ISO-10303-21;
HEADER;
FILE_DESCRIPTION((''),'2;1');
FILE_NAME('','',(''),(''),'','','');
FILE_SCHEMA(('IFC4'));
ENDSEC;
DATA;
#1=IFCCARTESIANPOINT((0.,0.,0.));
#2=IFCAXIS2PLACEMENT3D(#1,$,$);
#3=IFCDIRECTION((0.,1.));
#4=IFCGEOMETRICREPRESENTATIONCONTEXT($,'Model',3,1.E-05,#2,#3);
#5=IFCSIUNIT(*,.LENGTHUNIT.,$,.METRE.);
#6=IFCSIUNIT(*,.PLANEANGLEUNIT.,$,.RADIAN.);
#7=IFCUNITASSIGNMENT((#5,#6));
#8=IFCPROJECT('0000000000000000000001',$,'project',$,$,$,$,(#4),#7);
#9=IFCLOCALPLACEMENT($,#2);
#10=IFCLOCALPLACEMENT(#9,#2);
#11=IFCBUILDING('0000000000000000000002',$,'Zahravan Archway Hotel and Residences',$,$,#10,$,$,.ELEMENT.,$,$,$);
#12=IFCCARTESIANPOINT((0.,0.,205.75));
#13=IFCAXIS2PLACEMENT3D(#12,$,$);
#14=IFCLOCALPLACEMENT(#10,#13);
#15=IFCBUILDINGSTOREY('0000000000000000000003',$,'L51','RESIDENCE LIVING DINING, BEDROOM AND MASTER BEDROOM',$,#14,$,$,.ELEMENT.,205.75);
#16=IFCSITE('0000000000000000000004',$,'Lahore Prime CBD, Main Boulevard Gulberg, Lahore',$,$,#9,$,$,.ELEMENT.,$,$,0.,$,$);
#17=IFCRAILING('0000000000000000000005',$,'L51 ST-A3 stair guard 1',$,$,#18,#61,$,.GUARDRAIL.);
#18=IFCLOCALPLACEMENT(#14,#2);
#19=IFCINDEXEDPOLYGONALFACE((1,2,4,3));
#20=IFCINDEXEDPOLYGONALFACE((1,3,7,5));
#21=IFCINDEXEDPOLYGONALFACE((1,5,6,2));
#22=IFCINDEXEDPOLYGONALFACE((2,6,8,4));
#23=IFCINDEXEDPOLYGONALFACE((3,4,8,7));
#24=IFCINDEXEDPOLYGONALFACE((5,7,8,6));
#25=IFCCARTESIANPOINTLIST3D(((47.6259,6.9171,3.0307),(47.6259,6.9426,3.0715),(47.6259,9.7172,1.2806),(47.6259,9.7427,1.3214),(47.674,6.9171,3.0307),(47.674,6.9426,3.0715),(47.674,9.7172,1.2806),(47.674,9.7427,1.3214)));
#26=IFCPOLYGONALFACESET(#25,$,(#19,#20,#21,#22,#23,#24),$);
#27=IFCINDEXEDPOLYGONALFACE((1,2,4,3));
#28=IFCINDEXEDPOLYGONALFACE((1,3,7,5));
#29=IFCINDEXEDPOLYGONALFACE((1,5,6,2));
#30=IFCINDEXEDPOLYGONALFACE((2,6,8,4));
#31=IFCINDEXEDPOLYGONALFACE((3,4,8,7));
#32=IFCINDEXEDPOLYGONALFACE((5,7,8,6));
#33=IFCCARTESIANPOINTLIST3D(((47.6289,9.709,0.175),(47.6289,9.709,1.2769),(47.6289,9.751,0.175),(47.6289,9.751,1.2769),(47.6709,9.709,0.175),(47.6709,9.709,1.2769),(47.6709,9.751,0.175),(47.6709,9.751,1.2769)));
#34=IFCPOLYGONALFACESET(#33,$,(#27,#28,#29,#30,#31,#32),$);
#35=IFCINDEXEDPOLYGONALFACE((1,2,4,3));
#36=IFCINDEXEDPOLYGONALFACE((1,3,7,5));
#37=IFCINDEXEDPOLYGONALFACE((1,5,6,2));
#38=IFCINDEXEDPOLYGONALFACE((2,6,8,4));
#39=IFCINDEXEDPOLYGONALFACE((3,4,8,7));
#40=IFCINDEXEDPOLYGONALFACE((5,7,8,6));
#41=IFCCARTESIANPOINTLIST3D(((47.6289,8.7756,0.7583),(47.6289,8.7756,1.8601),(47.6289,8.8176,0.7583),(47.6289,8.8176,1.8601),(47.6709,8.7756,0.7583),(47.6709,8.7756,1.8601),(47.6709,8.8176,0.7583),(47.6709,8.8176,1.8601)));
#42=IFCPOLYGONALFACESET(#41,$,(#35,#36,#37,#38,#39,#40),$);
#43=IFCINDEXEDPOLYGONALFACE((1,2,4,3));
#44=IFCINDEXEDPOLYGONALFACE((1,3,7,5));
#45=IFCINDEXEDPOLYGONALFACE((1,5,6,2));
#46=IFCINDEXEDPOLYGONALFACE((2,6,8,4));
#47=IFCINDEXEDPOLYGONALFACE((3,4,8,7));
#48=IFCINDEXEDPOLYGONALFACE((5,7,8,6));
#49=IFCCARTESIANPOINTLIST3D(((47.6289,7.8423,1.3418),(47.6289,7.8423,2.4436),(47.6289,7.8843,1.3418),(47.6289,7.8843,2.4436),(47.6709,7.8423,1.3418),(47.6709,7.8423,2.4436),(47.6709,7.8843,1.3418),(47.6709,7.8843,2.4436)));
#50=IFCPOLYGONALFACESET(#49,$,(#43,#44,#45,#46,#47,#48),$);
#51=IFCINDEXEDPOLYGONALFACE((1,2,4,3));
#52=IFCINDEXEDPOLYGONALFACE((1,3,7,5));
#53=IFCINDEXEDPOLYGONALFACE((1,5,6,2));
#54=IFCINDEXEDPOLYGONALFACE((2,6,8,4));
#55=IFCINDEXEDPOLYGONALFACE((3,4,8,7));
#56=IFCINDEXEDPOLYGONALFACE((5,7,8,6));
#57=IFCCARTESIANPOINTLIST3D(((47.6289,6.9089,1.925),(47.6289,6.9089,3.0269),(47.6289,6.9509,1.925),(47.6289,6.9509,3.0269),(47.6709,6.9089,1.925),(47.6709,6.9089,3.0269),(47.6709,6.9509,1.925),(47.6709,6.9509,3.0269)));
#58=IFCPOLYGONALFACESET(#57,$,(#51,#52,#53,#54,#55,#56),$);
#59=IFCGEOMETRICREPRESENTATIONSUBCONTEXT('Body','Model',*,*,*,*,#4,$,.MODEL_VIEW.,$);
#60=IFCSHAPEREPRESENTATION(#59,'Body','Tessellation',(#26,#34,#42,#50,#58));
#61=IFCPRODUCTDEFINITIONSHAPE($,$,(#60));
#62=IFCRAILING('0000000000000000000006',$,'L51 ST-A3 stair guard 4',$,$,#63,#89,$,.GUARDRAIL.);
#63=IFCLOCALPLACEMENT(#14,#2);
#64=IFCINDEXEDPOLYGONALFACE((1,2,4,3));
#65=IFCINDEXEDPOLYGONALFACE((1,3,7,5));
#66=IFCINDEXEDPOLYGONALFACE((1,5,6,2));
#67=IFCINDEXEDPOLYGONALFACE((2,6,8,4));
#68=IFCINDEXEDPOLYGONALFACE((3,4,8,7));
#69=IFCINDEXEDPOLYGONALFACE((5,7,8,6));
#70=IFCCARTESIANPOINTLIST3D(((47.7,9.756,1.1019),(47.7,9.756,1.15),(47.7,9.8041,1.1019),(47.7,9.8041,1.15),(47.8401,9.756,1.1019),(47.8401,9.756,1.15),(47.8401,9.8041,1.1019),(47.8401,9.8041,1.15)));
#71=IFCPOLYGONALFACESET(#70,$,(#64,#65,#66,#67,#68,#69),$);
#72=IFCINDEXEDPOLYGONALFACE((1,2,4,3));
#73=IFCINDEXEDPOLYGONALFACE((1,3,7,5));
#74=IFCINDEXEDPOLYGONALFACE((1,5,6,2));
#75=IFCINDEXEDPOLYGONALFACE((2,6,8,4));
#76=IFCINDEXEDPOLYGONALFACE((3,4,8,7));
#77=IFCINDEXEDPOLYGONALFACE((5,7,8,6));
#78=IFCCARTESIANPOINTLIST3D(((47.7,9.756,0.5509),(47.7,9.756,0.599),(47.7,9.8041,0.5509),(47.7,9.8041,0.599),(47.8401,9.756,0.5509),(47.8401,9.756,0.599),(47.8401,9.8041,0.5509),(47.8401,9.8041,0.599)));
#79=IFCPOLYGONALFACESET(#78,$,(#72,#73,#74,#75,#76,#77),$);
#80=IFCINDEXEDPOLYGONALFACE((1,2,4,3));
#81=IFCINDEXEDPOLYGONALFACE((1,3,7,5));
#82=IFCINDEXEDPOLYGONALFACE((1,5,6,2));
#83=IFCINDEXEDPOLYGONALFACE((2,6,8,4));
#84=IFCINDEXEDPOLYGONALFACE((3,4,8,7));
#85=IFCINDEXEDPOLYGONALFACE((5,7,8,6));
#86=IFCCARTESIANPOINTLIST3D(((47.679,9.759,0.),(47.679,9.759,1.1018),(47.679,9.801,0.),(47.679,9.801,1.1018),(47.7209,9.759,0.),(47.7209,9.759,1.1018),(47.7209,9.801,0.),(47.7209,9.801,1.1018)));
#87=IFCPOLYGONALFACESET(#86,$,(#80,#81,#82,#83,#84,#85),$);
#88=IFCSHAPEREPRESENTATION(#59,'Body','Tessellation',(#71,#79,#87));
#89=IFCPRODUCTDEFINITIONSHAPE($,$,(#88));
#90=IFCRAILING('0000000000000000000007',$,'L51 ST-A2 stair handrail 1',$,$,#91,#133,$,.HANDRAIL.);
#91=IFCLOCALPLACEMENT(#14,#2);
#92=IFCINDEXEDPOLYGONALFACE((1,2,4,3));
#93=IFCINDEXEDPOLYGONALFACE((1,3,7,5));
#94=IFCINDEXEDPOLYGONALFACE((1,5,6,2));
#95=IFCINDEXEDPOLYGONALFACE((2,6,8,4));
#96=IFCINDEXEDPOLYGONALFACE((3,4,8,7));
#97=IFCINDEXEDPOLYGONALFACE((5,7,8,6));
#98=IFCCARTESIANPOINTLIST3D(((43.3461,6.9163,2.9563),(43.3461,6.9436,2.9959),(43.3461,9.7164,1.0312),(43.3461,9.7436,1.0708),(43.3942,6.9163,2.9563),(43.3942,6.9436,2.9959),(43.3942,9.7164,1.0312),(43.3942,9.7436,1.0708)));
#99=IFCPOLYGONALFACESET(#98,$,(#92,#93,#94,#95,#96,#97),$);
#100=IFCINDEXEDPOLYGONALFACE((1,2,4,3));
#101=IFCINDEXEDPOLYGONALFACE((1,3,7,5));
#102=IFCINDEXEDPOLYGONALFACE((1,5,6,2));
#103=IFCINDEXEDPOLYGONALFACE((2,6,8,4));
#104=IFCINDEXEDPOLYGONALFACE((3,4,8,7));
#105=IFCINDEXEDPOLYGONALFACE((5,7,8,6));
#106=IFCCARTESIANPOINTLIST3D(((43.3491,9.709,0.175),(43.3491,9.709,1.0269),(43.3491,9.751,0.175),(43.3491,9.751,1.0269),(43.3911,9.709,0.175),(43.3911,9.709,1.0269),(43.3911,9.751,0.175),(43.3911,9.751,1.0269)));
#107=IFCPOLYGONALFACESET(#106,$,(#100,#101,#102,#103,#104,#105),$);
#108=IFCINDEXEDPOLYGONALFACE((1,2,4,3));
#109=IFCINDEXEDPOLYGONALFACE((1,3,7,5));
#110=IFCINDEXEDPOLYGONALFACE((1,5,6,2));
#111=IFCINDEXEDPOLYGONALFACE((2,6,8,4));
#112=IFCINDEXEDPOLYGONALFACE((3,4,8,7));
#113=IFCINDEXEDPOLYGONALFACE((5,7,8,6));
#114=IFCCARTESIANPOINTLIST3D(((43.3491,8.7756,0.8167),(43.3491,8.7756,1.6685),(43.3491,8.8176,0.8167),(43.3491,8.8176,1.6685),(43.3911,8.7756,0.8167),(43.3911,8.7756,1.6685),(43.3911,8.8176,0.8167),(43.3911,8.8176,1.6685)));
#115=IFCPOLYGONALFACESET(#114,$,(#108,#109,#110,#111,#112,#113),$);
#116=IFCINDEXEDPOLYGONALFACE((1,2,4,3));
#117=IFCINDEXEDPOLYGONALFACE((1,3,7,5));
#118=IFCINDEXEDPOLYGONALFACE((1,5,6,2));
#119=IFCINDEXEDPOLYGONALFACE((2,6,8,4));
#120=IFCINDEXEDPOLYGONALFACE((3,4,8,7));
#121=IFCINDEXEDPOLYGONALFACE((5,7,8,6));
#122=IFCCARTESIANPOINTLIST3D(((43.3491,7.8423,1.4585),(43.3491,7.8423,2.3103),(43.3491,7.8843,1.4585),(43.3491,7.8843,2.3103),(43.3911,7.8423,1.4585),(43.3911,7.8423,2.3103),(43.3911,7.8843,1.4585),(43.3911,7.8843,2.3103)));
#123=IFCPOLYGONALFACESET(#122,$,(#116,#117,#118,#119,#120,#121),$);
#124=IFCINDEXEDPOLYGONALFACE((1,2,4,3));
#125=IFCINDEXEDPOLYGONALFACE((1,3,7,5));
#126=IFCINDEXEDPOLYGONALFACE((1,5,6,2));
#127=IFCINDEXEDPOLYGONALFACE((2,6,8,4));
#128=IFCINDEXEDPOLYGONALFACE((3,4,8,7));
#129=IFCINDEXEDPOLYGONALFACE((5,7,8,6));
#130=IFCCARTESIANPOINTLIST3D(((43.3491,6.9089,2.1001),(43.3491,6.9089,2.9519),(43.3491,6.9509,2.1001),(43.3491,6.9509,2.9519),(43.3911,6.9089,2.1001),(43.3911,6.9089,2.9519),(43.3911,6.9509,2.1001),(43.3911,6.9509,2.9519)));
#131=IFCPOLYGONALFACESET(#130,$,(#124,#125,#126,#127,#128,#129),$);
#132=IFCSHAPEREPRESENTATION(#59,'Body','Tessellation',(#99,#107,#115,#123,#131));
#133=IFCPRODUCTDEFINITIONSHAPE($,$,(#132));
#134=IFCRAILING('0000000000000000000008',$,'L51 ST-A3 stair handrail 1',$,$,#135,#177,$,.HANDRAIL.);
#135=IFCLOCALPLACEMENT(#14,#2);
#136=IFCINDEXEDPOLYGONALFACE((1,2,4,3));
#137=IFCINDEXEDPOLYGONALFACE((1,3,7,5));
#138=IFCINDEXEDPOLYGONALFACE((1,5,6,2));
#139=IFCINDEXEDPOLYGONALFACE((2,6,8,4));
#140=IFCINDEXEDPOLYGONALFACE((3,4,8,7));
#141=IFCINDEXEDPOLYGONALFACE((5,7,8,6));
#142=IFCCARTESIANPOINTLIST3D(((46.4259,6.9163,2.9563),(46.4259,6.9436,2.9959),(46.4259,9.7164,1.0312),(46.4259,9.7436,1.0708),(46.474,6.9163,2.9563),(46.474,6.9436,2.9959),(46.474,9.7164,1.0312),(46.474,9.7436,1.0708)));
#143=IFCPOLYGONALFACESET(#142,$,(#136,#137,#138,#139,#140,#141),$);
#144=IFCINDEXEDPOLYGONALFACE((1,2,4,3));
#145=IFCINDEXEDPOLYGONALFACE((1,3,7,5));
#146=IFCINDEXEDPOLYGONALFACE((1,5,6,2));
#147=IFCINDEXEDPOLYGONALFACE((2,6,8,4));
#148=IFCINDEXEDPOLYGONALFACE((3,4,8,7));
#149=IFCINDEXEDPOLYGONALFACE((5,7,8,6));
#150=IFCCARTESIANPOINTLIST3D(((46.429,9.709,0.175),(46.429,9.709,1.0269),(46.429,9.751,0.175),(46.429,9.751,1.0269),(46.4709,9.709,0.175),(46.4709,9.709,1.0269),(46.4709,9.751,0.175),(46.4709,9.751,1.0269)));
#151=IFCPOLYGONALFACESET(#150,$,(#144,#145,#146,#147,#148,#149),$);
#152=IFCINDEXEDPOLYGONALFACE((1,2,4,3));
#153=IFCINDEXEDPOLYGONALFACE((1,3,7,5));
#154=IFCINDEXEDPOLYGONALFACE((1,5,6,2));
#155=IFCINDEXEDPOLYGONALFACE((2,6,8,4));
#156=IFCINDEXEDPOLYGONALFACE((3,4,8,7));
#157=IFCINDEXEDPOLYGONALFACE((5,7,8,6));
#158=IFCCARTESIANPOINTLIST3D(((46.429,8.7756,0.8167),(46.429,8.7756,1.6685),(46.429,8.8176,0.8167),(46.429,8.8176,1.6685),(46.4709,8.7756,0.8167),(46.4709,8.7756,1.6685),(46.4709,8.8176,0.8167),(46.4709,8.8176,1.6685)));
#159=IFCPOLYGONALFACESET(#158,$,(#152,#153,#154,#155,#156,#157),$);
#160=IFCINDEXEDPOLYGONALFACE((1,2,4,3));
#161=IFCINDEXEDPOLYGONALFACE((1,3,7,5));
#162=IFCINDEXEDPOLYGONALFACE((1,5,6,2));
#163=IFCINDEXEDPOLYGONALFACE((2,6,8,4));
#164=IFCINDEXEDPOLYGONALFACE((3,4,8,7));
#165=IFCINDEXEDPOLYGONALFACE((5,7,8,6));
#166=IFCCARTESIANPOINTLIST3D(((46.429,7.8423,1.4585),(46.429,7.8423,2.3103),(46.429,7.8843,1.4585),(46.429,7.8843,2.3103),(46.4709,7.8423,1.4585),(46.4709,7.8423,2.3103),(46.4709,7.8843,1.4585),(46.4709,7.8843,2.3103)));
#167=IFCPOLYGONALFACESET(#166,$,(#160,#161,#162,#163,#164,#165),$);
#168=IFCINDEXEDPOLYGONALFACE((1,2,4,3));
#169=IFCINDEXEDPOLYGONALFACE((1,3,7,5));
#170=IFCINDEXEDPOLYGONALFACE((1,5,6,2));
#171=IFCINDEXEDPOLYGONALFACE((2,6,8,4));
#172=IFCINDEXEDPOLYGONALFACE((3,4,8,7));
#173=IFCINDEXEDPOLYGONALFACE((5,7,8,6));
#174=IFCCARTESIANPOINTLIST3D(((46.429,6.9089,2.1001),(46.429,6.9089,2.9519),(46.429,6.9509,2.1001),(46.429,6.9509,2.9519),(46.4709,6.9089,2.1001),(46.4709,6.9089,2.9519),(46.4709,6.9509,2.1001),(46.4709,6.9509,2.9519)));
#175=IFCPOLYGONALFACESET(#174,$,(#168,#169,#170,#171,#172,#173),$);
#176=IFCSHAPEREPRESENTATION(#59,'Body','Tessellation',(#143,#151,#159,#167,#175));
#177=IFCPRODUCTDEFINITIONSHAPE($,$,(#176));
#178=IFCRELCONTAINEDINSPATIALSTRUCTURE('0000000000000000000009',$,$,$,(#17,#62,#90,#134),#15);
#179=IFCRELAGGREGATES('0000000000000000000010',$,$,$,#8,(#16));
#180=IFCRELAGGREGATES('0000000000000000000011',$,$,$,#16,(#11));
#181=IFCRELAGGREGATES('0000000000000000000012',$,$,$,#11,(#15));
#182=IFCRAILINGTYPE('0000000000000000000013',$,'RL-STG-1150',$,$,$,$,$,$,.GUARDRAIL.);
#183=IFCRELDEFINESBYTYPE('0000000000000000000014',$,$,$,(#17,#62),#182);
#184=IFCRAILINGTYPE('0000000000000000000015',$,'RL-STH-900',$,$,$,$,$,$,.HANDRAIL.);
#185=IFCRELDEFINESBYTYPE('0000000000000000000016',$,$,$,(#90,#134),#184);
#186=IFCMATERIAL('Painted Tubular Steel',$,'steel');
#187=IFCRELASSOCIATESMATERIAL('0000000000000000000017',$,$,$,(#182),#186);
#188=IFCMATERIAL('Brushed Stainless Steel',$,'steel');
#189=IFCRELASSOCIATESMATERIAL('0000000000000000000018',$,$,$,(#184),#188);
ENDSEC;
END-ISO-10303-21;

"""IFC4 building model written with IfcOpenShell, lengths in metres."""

from ifc_helpers import new_model, si_unit, direction, frame, origin, origin_2d, place, context, subcontext, project, spatial, rectangle, extrude, material, type_object, element, save


model = new_model("IFC4")

# Units and contexts
model_context = context("Model", 3, precision=1e-05, world=origin(), true_north=direction((0.0, 1.0)))
body_context = subcontext(model_context, "Body", "Model", "MODEL_VIEW")
ifc_project = project(units=[si_unit("LENGTHUNIT", "METRE"), si_unit("PLANEANGLEUNIT", "RADIAN")], contexts=[model_context])

# Site, building, storey
site_placement = place(None, origin())
site = spatial("IfcSite", under=ifc_project, at=site_placement, Name="Lahore Prime CBD, Main Boulevard Gulberg, Lahore", CompositionType="ELEMENT", RefElevation=0.0)
building_placement = place(site_placement, origin())
building = spatial("IfcBuilding", under=site, at=building_placement, Name="Zahravan Archway Hotel and Residences", CompositionType="ELEMENT")
storey_placement = place(building_placement, frame((0.0, 0.0, 205.75)))
storey = spatial("IfcBuildingStorey", under=building, at=storey_placement, Name="L51", Description="RESIDENCE LIVING DINING, BEDROOM AND MASTER BEDROOM", CompositionType="ELEMENT", Elevation=205.75)

# Shared definitions
ifc_material_1 = material(Name="Brushed Stainless Steel", Category="steel")

# Railings
ifc_material_2 = material(Name="Painted Tubular Steel", Category="steel")
railing_type_1 = type_object("IfcRailingType", Name="RL-STG-1150", PredefinedType="GUARDRAIL", material=ifc_material_2)
railing_1_placement = place(storey_placement, frame((47.6499, 9.73, 0.175)))
element("IfcRailing", 1, at=railing_1_placement, inside=storey, type_object=railing_type_1, Name="L51 ST-A3 stair guard 1", PredefinedType="GUARDRAIL", context=body_context, shape_type="SweptSolid", body=[
    extrude(rectangle(XDim=0.0481, YDim=0.0481, at=origin_2d()), frame((0.0, 0.0, 1.126), z_axis=(0.0, -0.848002, 0.529992), x_axis=(1.0, 0.0, 0.0)), (0.0, 0.0, 1.0), 3.302),
    extrude(rectangle(XDim=0.042, YDim=0.042, at=origin_2d()), origin(), (0.0, 0.0, 1.0), 1.1018),
    extrude(rectangle(XDim=0.042, YDim=0.042, at=origin_2d()), frame((0.0, -0.9333, 0.5833)), (0.0, 0.0, 1.0), 1.1018),
    extrude(rectangle(XDim=0.042, YDim=0.042, at=origin_2d()), frame((0.0, -1.8667, 1.1667)), (0.0, 0.0, 1.0), 1.1018),
    extrude(rectangle(XDim=0.042, YDim=0.042, at=origin_2d()), frame((0.0, -2.8, 1.75)), (0.0, 0.0, 1.0), 1.1018),
])
railing_2_placement = place(storey_placement, frame((47.7, 9.78, 0.0)))
element("IfcRailing", 2, at=railing_2_placement, inside=storey, type_object=railing_type_1, Name="L51 ST-A3 stair guard 4", PredefinedType="GUARDRAIL", context=body_context, shape_type="SweptSolid", body=[
    extrude(rectangle(XDim=0.0481, YDim=0.0481, at=origin_2d()), frame((0.0, 0.0, 1.126), z_axis=(1.0, 0.0, 0.0), x_axis=(0.0, 1.0, 0.0)), (0.0, 0.0, 1.0), 0.1401),
    extrude(rectangle(XDim=0.0481, YDim=0.0481, at=origin_2d()), frame((0.0, 0.0, 0.575), z_axis=(1.0, 0.0, 0.0), x_axis=(0.0, 1.0, 0.0)), (0.0, 0.0, 1.0), 0.1401),
    extrude(rectangle(XDim=0.042, YDim=0.042, at=origin_2d()), origin(), (0.0, 0.0, 1.0), 1.1018),
])
railing_type_2 = type_object("IfcRailingType", Name="RL-STH-900", PredefinedType="HANDRAIL", material=ifc_material_1)
for number, where, name in (
    (3, (43.3701, 9.73, 0.175), "L51 ST-A2 stair handrail 1"),
    (4, (46.45, 9.73, 0.175), "L51 ST-A3 stair handrail 1"),
):
    element("IfcRailing", number, at=place(storey_placement, frame(where)), inside=storey, type_object=railing_type_2, Name=name, PredefinedType="HANDRAIL", context=body_context, shape_type="SweptSolid", body=[
        extrude(rectangle(XDim=0.0481, YDim=0.0481, at=origin_2d()), frame((0.0, 0.0, 0.876), z_axis=(0.0, -0.82404, 0.566532), x_axis=(1.0, 0.0, 0.0)), (0.0, 0.0, 1.0), 3.3979),
        extrude(rectangle(XDim=0.042, YDim=0.042, at=origin_2d()), origin(), (0.0, 0.0, 1.0), 0.8518),
        extrude(rectangle(XDim=0.042, YDim=0.042, at=origin_2d()), frame((0.0, -0.9333, 0.6416)), (0.0, 0.0, 1.0), 0.8518),
        extrude(rectangle(XDim=0.042, YDim=0.042, at=origin_2d()), frame((0.0, -1.8667, 1.2834)), (0.0, 0.0, 1.0), 0.8518),
        extrude(rectangle(XDim=0.042, YDim=0.042, at=origin_2d()), frame((0.0, -2.8, 1.925)), (0.0, 0.0, 1.0), 0.8518),
    ])

save(model, "model.ifc")
